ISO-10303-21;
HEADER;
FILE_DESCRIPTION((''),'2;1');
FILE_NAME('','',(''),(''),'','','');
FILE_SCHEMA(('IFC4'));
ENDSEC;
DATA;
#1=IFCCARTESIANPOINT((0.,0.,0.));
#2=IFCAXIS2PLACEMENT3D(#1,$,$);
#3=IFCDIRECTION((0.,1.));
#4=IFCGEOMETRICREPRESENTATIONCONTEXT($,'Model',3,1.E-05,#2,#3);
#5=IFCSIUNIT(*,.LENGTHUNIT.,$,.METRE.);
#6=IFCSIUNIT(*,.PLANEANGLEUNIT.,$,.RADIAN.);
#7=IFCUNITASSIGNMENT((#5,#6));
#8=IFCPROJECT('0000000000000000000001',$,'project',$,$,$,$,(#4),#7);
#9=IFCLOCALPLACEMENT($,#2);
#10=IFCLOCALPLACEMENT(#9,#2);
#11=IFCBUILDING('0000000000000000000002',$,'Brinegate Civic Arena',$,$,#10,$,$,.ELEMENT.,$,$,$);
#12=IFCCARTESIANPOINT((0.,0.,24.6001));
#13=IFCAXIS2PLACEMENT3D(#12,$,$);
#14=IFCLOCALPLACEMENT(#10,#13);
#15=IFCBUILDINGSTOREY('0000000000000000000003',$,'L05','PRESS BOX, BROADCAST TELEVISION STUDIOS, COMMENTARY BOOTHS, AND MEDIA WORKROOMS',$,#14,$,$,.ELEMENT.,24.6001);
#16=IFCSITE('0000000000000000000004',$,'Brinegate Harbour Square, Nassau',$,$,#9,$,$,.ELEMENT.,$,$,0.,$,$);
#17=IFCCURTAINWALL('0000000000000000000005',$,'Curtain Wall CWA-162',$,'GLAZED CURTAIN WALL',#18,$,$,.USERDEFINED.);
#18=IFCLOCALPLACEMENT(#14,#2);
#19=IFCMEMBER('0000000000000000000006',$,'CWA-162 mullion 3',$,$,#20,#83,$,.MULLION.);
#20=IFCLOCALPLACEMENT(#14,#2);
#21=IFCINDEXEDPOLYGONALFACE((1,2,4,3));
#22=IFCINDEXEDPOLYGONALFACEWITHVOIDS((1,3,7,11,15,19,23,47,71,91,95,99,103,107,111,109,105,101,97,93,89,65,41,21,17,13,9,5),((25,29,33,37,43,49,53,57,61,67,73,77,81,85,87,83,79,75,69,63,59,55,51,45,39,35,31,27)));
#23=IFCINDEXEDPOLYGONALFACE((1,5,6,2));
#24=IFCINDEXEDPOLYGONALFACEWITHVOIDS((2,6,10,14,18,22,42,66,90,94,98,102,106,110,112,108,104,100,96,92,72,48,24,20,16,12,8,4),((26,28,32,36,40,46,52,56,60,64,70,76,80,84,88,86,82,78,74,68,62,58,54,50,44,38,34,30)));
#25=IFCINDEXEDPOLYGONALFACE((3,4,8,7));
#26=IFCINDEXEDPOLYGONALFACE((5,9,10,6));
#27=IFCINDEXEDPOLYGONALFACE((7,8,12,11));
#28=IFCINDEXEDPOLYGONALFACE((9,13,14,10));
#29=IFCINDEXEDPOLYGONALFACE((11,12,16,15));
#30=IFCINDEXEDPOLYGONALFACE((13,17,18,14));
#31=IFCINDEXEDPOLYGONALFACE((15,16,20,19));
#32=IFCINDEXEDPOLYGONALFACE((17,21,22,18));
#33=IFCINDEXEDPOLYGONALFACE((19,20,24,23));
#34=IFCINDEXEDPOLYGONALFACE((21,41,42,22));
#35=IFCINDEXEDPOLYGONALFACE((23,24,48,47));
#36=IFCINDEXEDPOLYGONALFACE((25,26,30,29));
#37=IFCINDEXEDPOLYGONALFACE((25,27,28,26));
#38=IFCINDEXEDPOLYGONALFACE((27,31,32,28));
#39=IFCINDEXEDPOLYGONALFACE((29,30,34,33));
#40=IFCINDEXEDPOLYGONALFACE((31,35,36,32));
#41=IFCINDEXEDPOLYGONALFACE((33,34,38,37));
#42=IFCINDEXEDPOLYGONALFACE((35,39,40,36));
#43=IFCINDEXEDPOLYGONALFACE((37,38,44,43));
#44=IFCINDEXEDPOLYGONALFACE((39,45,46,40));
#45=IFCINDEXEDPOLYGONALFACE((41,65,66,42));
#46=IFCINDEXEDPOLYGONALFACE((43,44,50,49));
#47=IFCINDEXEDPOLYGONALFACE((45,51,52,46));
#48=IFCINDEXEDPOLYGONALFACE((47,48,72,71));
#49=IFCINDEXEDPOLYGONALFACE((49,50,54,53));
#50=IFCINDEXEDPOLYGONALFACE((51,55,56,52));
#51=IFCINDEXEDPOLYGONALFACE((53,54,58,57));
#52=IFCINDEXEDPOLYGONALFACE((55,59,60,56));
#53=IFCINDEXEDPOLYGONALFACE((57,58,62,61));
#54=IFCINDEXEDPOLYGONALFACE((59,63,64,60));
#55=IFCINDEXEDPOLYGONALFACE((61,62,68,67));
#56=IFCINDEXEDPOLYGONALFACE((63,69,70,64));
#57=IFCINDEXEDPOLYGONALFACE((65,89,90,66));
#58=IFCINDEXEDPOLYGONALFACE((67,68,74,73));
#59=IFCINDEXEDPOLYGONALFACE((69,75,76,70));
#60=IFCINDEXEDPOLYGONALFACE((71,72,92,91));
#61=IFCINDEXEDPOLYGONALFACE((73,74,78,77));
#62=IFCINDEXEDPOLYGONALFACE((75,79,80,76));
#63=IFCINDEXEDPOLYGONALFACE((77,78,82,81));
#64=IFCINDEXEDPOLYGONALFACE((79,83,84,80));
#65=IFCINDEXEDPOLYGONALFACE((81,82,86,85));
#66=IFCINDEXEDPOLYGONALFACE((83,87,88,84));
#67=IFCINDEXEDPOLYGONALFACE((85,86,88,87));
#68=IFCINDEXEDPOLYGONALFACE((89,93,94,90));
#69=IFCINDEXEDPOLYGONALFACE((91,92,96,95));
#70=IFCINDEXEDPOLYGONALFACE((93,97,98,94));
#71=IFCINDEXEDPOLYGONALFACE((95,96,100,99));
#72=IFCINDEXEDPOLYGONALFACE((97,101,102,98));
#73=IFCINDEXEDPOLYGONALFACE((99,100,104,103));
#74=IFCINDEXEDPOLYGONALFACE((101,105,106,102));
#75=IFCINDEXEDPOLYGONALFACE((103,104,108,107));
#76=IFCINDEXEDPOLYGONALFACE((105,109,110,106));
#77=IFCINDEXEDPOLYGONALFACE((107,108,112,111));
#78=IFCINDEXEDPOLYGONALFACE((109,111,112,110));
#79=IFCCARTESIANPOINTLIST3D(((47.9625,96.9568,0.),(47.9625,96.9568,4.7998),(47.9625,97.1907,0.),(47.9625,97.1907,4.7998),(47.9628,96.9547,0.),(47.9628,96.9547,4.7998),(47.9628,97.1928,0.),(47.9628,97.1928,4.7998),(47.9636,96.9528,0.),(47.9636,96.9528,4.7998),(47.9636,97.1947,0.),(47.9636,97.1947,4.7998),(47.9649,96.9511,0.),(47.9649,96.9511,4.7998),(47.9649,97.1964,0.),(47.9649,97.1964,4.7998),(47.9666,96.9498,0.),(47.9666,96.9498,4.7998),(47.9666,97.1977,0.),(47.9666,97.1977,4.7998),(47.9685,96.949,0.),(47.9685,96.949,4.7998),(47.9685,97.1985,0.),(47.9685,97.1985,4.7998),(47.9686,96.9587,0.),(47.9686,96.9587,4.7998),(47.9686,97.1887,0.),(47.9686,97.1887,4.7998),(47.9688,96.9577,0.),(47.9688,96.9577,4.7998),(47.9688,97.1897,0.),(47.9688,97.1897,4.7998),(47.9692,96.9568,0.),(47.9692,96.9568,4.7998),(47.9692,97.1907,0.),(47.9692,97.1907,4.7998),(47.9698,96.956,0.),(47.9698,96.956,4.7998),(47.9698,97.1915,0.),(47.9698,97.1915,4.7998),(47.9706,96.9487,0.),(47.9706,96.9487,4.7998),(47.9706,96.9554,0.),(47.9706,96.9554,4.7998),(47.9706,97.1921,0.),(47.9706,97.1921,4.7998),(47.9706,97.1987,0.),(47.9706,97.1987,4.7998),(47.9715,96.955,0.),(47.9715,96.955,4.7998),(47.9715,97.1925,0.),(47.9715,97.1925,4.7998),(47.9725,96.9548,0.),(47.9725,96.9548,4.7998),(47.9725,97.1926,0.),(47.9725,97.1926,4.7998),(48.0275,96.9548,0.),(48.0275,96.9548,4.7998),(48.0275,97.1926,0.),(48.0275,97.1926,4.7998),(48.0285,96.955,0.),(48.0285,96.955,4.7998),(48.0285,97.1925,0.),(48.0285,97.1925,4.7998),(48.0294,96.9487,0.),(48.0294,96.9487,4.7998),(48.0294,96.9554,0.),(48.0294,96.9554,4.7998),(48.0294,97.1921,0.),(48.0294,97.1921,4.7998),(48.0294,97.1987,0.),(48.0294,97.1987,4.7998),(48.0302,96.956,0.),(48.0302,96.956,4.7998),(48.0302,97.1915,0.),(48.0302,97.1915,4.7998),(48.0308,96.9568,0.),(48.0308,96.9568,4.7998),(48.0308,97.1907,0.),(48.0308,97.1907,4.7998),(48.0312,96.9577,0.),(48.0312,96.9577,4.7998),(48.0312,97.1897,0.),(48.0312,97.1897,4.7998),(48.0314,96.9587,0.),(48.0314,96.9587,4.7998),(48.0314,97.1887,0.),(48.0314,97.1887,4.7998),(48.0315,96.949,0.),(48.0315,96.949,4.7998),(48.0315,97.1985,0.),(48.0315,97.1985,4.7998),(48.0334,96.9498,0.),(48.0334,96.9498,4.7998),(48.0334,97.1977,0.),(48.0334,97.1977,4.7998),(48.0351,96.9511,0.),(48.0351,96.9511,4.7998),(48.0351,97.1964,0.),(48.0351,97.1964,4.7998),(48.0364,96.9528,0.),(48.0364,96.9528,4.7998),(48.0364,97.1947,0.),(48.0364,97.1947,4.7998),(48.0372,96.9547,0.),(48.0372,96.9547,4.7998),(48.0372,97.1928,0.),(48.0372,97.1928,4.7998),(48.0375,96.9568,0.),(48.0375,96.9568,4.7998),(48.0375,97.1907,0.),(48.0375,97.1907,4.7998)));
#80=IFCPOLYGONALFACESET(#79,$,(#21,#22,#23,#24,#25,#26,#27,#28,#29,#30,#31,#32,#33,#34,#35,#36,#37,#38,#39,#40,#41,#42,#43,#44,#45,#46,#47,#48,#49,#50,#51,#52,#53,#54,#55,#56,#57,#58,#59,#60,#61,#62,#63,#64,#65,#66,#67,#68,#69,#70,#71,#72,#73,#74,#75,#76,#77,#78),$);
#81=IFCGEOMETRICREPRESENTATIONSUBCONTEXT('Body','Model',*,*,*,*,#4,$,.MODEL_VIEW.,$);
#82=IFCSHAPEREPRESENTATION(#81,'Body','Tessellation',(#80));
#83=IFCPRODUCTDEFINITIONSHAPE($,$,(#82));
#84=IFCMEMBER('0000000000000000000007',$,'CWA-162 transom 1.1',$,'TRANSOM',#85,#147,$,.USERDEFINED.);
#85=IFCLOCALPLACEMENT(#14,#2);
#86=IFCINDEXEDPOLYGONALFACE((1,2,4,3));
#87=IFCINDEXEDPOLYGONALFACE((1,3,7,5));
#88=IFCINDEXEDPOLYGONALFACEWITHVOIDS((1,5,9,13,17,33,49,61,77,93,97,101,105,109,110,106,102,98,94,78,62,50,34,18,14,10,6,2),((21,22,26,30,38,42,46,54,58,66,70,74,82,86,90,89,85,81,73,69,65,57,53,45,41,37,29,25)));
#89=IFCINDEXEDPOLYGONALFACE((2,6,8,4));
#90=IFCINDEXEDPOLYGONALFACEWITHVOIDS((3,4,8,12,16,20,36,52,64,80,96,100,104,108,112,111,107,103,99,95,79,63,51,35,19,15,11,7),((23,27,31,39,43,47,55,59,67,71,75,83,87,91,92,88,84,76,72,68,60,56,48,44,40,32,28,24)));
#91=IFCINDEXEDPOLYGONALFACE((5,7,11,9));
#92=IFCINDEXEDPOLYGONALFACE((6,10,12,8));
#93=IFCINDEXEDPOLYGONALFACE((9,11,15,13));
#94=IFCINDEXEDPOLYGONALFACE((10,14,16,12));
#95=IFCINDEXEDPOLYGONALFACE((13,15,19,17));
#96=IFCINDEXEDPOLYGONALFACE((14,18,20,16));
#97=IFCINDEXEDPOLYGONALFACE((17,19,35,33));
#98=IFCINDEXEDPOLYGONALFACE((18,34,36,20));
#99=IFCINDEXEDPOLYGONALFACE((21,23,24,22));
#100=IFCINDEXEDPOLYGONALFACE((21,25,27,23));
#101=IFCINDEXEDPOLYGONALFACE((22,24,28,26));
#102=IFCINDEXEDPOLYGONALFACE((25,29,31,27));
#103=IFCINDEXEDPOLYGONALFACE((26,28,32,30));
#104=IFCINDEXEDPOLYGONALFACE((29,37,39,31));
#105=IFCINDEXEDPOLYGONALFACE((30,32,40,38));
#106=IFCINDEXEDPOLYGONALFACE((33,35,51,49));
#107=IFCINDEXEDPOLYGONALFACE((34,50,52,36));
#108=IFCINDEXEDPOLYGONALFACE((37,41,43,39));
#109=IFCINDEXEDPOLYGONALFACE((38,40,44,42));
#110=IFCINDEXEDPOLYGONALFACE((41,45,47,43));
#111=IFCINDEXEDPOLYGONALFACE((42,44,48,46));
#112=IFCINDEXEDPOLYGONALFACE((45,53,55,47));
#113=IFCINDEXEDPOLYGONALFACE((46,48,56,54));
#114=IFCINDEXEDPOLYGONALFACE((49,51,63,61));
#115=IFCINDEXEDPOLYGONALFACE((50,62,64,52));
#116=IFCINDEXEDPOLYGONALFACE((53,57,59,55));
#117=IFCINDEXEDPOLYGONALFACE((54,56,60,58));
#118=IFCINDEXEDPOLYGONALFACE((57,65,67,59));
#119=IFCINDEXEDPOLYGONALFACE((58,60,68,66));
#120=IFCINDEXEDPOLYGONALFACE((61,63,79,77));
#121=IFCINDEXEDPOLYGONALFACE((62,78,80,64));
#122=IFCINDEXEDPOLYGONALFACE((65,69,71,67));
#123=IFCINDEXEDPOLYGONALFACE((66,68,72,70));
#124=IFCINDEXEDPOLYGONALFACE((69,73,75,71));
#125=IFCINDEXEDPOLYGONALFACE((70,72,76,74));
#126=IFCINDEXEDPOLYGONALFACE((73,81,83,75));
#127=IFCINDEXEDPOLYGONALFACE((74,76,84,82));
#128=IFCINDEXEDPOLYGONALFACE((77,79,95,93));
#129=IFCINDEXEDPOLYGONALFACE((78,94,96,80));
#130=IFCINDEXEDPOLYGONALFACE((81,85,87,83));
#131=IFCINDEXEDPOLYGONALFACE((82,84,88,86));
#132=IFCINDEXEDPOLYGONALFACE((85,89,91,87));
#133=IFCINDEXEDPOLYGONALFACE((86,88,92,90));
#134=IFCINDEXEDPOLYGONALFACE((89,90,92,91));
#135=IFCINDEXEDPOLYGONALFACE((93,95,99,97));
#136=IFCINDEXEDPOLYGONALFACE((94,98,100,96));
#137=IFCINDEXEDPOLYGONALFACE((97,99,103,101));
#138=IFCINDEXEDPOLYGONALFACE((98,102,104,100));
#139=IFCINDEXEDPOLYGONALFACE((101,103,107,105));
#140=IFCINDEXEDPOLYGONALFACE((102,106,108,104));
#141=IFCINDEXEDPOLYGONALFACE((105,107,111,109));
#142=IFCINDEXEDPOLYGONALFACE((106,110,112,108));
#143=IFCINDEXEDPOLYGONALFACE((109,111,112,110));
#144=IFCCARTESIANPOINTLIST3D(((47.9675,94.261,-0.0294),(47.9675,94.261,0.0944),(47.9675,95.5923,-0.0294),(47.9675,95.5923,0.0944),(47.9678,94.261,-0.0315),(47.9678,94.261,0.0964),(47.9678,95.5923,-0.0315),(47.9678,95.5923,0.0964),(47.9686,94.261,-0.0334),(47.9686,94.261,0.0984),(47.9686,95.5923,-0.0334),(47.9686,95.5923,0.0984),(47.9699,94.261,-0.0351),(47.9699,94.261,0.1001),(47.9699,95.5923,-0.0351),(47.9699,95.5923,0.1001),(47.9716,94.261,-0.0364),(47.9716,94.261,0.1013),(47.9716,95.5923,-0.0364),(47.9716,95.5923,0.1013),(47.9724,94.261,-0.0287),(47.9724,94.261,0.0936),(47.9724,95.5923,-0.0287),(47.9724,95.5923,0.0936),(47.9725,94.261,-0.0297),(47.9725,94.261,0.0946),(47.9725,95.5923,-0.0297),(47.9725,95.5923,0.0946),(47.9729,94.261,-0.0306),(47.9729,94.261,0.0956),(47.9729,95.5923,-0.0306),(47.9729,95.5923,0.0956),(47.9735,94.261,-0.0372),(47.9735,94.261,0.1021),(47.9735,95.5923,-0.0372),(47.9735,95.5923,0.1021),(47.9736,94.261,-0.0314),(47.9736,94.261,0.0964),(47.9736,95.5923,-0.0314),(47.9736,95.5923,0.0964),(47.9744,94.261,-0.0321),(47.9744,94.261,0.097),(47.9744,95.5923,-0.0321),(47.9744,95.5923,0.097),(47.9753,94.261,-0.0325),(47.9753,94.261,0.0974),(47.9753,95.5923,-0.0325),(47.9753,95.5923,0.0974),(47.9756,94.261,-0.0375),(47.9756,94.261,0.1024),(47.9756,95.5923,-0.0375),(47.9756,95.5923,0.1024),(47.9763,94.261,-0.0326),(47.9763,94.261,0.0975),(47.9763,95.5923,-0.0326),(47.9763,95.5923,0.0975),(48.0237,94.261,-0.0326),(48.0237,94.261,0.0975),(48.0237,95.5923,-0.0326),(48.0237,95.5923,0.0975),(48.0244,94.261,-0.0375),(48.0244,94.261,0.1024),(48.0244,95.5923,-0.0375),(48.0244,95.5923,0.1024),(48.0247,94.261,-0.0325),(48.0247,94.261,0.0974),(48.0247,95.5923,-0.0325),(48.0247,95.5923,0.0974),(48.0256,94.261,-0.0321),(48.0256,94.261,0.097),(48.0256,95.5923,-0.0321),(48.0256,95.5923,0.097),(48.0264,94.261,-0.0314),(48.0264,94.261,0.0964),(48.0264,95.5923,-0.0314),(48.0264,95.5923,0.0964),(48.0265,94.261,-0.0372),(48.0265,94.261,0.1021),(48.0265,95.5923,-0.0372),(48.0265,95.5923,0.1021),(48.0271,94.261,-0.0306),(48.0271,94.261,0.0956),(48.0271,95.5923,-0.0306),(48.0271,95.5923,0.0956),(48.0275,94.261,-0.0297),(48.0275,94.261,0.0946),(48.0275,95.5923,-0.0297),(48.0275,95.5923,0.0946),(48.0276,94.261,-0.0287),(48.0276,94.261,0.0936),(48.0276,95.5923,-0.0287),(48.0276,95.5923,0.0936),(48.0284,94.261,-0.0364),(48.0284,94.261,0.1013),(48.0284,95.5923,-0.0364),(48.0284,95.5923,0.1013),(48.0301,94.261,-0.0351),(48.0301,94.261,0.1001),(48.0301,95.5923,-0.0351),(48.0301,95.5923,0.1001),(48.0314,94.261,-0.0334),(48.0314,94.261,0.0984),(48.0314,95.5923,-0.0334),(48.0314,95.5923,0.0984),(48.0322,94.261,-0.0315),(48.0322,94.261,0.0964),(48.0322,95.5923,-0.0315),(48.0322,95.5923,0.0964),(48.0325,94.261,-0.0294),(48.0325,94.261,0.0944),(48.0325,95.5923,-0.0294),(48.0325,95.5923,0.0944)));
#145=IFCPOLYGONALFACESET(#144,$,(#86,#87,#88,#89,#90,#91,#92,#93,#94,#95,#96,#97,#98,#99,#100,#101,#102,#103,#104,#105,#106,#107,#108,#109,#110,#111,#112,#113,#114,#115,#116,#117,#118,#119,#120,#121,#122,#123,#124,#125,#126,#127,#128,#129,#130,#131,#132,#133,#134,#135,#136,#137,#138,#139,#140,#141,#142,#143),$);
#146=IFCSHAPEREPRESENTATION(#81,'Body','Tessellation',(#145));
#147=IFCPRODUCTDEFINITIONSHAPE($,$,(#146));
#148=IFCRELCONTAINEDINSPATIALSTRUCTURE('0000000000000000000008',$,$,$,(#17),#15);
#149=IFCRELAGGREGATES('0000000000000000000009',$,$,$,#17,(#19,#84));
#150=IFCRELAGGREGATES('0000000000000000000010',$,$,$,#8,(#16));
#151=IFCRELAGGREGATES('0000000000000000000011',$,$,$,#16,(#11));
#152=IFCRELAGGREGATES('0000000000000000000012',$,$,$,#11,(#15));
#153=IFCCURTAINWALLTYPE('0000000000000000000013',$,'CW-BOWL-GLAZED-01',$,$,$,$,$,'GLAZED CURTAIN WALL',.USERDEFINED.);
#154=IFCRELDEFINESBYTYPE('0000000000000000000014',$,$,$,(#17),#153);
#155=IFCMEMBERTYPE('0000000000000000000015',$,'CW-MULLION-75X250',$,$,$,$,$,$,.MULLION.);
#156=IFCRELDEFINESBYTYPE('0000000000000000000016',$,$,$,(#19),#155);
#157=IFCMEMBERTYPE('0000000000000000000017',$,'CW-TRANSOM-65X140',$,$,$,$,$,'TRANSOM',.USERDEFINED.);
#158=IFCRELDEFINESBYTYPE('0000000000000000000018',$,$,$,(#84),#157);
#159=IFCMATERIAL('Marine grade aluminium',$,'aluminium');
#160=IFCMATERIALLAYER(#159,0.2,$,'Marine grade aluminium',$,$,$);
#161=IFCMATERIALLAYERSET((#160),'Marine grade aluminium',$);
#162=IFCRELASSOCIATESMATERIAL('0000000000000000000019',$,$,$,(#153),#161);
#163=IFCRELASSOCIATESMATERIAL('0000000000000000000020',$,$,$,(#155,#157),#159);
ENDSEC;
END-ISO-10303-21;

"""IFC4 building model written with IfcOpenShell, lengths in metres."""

from ifc_helpers import new_model, si_unit, direction, frame, origin, origin_2d, place, context, subcontext, project, spatial, hollow_rectangle, extrude, material, layer, layer_set, material_profile, profile_set, type_object, element, aggregate, save


model = new_model("IFC4")

# Units and contexts
model_context = context("Model", 3, precision=1e-05, world=origin(), true_north=direction((0.0, 1.0)))
body_context = subcontext(model_context, "Body", "Model", "MODEL_VIEW")
ifc_project = project(units=[si_unit("LENGTHUNIT", "METRE"), si_unit("PLANEANGLEUNIT", "RADIAN")], contexts=[model_context])

# Site, building, storey
site_placement = place(None, origin())
site = spatial("IfcSite", under=ifc_project, at=site_placement, Name="Brinegate Harbour Square, Nassau", CompositionType="ELEMENT", RefElevation=0.0)
building_placement = place(site_placement, origin())
building = spatial("IfcBuilding", under=site, at=building_placement, Name="Brinegate Civic Arena", CompositionType="ELEMENT")
storey_placement = place(building_placement, frame((0.0, 0.0, 24.6001)))
storey = spatial("IfcBuildingStorey", under=building, at=storey_placement, Name="L05", Description="PRESS BOX, BROADCAST TELEVISION STUDIOS, COMMENTARY BOOTHS, AND MEDIA WORKROOMS", CompositionType="ELEMENT", Elevation=24.6001)

# Curtain wall, members
ifc_material_1 = material(Name="Marine grade aluminium", Category="aluminium")
ifc_layer_1 = layer(ifc_material_1, 0.2, Name="Marine grade aluminium")
ifc_layer_set_1 = layer_set([ifc_layer_1], Name="Marine grade aluminium")
curtain_wall_type = type_object("IfcCurtainWallType", Name="CW-BOWL-GLAZED-01", ElementType="GLAZED CURTAIN WALL", PredefinedType="USERDEFINED", material=ifc_layer_set_1)
curtain_wall_1_placement = place(storey_placement, origin())
curtain_wall_1 = element("IfcCurtainWall", 1, at=curtain_wall_1_placement, inside=storey, type_object=curtain_wall_type, Name="Curtain Wall CWA-162", ObjectType="GLAZED CURTAIN WALL", PredefinedType="USERDEFINED")
ifc_material_profile_1 = material_profile(ifc_material_1, hollow_rectangle(XDim=0.075, YDim=0.25, WallThickness=0.0061, InnerFilletRadius=0.0039, OuterFilletRadius=0.0081, at=origin_2d()), Name="MUL75X250")
ifc_profile_set_1 = profile_set([ifc_material_profile_1], Name="Marine grade aluminium")
member_type_1 = type_object("IfcMemberType", Name="CW-MULLION-75X250", PredefinedType="MULLION", material=ifc_profile_set_1)
member_1_placement = place(storey_placement, frame((48.0, 97.0737, 0.0), z_axis=(0.0, 0.0, 1.0), x_axis=(-1.0, 0.0, 0.0)))
member_1 = element("IfcMember", 2, at=member_1_placement, type_object=member_type_1, Name="CWA-162 mullion 3", PredefinedType="MULLION", context=body_context, shape_type="SweptSolid", body=[
    extrude(hollow_rectangle(XDim=0.075, YDim=0.25, WallThickness=0.0061, InnerFilletRadius=0.0039, OuterFilletRadius=0.0081, at=origin_2d()), origin(), (0.0, 0.0, 1.0), 4.7998),
])
ifc_material_profile_2 = material_profile(ifc_material_1, hollow_rectangle(XDim=0.0649, YDim=0.1399, WallThickness=0.0049, InnerFilletRadius=0.0039, OuterFilletRadius=0.0081, at=origin_2d()), Name="TRN65X140")
ifc_profile_set_2 = profile_set([ifc_material_profile_2], Name="Marine grade aluminium")
member_type_2 = type_object("IfcMemberType", Name="CW-TRANSOM-65X140", ElementType="TRANSOM", PredefinedType="USERDEFINED", material=ifc_profile_set_2)
member_2_placement = place(storey_placement, frame((48.0, 94.261, 0.0325), z_axis=(0.0, 1.0, 0.0), x_axis=(-1.0, 0.0, 0.0)))
member_2 = element("IfcMember", 3, at=member_2_placement, type_object=member_type_2, Name="CWA-162 transom 1.1", ObjectType="TRANSOM", PredefinedType="USERDEFINED", context=body_context, shape_type="SweptSolid", body=[
    extrude(hollow_rectangle(XDim=0.0649, YDim=0.1399, WallThickness=0.0049, InnerFilletRadius=0.0039, OuterFilletRadius=0.0081, at=origin_2d()), origin(), (0.0, 0.0, 1.0), 1.3313),
])

aggregate(curtain_wall_1, [member_1, member_2])

save(model, "model.ifc")
